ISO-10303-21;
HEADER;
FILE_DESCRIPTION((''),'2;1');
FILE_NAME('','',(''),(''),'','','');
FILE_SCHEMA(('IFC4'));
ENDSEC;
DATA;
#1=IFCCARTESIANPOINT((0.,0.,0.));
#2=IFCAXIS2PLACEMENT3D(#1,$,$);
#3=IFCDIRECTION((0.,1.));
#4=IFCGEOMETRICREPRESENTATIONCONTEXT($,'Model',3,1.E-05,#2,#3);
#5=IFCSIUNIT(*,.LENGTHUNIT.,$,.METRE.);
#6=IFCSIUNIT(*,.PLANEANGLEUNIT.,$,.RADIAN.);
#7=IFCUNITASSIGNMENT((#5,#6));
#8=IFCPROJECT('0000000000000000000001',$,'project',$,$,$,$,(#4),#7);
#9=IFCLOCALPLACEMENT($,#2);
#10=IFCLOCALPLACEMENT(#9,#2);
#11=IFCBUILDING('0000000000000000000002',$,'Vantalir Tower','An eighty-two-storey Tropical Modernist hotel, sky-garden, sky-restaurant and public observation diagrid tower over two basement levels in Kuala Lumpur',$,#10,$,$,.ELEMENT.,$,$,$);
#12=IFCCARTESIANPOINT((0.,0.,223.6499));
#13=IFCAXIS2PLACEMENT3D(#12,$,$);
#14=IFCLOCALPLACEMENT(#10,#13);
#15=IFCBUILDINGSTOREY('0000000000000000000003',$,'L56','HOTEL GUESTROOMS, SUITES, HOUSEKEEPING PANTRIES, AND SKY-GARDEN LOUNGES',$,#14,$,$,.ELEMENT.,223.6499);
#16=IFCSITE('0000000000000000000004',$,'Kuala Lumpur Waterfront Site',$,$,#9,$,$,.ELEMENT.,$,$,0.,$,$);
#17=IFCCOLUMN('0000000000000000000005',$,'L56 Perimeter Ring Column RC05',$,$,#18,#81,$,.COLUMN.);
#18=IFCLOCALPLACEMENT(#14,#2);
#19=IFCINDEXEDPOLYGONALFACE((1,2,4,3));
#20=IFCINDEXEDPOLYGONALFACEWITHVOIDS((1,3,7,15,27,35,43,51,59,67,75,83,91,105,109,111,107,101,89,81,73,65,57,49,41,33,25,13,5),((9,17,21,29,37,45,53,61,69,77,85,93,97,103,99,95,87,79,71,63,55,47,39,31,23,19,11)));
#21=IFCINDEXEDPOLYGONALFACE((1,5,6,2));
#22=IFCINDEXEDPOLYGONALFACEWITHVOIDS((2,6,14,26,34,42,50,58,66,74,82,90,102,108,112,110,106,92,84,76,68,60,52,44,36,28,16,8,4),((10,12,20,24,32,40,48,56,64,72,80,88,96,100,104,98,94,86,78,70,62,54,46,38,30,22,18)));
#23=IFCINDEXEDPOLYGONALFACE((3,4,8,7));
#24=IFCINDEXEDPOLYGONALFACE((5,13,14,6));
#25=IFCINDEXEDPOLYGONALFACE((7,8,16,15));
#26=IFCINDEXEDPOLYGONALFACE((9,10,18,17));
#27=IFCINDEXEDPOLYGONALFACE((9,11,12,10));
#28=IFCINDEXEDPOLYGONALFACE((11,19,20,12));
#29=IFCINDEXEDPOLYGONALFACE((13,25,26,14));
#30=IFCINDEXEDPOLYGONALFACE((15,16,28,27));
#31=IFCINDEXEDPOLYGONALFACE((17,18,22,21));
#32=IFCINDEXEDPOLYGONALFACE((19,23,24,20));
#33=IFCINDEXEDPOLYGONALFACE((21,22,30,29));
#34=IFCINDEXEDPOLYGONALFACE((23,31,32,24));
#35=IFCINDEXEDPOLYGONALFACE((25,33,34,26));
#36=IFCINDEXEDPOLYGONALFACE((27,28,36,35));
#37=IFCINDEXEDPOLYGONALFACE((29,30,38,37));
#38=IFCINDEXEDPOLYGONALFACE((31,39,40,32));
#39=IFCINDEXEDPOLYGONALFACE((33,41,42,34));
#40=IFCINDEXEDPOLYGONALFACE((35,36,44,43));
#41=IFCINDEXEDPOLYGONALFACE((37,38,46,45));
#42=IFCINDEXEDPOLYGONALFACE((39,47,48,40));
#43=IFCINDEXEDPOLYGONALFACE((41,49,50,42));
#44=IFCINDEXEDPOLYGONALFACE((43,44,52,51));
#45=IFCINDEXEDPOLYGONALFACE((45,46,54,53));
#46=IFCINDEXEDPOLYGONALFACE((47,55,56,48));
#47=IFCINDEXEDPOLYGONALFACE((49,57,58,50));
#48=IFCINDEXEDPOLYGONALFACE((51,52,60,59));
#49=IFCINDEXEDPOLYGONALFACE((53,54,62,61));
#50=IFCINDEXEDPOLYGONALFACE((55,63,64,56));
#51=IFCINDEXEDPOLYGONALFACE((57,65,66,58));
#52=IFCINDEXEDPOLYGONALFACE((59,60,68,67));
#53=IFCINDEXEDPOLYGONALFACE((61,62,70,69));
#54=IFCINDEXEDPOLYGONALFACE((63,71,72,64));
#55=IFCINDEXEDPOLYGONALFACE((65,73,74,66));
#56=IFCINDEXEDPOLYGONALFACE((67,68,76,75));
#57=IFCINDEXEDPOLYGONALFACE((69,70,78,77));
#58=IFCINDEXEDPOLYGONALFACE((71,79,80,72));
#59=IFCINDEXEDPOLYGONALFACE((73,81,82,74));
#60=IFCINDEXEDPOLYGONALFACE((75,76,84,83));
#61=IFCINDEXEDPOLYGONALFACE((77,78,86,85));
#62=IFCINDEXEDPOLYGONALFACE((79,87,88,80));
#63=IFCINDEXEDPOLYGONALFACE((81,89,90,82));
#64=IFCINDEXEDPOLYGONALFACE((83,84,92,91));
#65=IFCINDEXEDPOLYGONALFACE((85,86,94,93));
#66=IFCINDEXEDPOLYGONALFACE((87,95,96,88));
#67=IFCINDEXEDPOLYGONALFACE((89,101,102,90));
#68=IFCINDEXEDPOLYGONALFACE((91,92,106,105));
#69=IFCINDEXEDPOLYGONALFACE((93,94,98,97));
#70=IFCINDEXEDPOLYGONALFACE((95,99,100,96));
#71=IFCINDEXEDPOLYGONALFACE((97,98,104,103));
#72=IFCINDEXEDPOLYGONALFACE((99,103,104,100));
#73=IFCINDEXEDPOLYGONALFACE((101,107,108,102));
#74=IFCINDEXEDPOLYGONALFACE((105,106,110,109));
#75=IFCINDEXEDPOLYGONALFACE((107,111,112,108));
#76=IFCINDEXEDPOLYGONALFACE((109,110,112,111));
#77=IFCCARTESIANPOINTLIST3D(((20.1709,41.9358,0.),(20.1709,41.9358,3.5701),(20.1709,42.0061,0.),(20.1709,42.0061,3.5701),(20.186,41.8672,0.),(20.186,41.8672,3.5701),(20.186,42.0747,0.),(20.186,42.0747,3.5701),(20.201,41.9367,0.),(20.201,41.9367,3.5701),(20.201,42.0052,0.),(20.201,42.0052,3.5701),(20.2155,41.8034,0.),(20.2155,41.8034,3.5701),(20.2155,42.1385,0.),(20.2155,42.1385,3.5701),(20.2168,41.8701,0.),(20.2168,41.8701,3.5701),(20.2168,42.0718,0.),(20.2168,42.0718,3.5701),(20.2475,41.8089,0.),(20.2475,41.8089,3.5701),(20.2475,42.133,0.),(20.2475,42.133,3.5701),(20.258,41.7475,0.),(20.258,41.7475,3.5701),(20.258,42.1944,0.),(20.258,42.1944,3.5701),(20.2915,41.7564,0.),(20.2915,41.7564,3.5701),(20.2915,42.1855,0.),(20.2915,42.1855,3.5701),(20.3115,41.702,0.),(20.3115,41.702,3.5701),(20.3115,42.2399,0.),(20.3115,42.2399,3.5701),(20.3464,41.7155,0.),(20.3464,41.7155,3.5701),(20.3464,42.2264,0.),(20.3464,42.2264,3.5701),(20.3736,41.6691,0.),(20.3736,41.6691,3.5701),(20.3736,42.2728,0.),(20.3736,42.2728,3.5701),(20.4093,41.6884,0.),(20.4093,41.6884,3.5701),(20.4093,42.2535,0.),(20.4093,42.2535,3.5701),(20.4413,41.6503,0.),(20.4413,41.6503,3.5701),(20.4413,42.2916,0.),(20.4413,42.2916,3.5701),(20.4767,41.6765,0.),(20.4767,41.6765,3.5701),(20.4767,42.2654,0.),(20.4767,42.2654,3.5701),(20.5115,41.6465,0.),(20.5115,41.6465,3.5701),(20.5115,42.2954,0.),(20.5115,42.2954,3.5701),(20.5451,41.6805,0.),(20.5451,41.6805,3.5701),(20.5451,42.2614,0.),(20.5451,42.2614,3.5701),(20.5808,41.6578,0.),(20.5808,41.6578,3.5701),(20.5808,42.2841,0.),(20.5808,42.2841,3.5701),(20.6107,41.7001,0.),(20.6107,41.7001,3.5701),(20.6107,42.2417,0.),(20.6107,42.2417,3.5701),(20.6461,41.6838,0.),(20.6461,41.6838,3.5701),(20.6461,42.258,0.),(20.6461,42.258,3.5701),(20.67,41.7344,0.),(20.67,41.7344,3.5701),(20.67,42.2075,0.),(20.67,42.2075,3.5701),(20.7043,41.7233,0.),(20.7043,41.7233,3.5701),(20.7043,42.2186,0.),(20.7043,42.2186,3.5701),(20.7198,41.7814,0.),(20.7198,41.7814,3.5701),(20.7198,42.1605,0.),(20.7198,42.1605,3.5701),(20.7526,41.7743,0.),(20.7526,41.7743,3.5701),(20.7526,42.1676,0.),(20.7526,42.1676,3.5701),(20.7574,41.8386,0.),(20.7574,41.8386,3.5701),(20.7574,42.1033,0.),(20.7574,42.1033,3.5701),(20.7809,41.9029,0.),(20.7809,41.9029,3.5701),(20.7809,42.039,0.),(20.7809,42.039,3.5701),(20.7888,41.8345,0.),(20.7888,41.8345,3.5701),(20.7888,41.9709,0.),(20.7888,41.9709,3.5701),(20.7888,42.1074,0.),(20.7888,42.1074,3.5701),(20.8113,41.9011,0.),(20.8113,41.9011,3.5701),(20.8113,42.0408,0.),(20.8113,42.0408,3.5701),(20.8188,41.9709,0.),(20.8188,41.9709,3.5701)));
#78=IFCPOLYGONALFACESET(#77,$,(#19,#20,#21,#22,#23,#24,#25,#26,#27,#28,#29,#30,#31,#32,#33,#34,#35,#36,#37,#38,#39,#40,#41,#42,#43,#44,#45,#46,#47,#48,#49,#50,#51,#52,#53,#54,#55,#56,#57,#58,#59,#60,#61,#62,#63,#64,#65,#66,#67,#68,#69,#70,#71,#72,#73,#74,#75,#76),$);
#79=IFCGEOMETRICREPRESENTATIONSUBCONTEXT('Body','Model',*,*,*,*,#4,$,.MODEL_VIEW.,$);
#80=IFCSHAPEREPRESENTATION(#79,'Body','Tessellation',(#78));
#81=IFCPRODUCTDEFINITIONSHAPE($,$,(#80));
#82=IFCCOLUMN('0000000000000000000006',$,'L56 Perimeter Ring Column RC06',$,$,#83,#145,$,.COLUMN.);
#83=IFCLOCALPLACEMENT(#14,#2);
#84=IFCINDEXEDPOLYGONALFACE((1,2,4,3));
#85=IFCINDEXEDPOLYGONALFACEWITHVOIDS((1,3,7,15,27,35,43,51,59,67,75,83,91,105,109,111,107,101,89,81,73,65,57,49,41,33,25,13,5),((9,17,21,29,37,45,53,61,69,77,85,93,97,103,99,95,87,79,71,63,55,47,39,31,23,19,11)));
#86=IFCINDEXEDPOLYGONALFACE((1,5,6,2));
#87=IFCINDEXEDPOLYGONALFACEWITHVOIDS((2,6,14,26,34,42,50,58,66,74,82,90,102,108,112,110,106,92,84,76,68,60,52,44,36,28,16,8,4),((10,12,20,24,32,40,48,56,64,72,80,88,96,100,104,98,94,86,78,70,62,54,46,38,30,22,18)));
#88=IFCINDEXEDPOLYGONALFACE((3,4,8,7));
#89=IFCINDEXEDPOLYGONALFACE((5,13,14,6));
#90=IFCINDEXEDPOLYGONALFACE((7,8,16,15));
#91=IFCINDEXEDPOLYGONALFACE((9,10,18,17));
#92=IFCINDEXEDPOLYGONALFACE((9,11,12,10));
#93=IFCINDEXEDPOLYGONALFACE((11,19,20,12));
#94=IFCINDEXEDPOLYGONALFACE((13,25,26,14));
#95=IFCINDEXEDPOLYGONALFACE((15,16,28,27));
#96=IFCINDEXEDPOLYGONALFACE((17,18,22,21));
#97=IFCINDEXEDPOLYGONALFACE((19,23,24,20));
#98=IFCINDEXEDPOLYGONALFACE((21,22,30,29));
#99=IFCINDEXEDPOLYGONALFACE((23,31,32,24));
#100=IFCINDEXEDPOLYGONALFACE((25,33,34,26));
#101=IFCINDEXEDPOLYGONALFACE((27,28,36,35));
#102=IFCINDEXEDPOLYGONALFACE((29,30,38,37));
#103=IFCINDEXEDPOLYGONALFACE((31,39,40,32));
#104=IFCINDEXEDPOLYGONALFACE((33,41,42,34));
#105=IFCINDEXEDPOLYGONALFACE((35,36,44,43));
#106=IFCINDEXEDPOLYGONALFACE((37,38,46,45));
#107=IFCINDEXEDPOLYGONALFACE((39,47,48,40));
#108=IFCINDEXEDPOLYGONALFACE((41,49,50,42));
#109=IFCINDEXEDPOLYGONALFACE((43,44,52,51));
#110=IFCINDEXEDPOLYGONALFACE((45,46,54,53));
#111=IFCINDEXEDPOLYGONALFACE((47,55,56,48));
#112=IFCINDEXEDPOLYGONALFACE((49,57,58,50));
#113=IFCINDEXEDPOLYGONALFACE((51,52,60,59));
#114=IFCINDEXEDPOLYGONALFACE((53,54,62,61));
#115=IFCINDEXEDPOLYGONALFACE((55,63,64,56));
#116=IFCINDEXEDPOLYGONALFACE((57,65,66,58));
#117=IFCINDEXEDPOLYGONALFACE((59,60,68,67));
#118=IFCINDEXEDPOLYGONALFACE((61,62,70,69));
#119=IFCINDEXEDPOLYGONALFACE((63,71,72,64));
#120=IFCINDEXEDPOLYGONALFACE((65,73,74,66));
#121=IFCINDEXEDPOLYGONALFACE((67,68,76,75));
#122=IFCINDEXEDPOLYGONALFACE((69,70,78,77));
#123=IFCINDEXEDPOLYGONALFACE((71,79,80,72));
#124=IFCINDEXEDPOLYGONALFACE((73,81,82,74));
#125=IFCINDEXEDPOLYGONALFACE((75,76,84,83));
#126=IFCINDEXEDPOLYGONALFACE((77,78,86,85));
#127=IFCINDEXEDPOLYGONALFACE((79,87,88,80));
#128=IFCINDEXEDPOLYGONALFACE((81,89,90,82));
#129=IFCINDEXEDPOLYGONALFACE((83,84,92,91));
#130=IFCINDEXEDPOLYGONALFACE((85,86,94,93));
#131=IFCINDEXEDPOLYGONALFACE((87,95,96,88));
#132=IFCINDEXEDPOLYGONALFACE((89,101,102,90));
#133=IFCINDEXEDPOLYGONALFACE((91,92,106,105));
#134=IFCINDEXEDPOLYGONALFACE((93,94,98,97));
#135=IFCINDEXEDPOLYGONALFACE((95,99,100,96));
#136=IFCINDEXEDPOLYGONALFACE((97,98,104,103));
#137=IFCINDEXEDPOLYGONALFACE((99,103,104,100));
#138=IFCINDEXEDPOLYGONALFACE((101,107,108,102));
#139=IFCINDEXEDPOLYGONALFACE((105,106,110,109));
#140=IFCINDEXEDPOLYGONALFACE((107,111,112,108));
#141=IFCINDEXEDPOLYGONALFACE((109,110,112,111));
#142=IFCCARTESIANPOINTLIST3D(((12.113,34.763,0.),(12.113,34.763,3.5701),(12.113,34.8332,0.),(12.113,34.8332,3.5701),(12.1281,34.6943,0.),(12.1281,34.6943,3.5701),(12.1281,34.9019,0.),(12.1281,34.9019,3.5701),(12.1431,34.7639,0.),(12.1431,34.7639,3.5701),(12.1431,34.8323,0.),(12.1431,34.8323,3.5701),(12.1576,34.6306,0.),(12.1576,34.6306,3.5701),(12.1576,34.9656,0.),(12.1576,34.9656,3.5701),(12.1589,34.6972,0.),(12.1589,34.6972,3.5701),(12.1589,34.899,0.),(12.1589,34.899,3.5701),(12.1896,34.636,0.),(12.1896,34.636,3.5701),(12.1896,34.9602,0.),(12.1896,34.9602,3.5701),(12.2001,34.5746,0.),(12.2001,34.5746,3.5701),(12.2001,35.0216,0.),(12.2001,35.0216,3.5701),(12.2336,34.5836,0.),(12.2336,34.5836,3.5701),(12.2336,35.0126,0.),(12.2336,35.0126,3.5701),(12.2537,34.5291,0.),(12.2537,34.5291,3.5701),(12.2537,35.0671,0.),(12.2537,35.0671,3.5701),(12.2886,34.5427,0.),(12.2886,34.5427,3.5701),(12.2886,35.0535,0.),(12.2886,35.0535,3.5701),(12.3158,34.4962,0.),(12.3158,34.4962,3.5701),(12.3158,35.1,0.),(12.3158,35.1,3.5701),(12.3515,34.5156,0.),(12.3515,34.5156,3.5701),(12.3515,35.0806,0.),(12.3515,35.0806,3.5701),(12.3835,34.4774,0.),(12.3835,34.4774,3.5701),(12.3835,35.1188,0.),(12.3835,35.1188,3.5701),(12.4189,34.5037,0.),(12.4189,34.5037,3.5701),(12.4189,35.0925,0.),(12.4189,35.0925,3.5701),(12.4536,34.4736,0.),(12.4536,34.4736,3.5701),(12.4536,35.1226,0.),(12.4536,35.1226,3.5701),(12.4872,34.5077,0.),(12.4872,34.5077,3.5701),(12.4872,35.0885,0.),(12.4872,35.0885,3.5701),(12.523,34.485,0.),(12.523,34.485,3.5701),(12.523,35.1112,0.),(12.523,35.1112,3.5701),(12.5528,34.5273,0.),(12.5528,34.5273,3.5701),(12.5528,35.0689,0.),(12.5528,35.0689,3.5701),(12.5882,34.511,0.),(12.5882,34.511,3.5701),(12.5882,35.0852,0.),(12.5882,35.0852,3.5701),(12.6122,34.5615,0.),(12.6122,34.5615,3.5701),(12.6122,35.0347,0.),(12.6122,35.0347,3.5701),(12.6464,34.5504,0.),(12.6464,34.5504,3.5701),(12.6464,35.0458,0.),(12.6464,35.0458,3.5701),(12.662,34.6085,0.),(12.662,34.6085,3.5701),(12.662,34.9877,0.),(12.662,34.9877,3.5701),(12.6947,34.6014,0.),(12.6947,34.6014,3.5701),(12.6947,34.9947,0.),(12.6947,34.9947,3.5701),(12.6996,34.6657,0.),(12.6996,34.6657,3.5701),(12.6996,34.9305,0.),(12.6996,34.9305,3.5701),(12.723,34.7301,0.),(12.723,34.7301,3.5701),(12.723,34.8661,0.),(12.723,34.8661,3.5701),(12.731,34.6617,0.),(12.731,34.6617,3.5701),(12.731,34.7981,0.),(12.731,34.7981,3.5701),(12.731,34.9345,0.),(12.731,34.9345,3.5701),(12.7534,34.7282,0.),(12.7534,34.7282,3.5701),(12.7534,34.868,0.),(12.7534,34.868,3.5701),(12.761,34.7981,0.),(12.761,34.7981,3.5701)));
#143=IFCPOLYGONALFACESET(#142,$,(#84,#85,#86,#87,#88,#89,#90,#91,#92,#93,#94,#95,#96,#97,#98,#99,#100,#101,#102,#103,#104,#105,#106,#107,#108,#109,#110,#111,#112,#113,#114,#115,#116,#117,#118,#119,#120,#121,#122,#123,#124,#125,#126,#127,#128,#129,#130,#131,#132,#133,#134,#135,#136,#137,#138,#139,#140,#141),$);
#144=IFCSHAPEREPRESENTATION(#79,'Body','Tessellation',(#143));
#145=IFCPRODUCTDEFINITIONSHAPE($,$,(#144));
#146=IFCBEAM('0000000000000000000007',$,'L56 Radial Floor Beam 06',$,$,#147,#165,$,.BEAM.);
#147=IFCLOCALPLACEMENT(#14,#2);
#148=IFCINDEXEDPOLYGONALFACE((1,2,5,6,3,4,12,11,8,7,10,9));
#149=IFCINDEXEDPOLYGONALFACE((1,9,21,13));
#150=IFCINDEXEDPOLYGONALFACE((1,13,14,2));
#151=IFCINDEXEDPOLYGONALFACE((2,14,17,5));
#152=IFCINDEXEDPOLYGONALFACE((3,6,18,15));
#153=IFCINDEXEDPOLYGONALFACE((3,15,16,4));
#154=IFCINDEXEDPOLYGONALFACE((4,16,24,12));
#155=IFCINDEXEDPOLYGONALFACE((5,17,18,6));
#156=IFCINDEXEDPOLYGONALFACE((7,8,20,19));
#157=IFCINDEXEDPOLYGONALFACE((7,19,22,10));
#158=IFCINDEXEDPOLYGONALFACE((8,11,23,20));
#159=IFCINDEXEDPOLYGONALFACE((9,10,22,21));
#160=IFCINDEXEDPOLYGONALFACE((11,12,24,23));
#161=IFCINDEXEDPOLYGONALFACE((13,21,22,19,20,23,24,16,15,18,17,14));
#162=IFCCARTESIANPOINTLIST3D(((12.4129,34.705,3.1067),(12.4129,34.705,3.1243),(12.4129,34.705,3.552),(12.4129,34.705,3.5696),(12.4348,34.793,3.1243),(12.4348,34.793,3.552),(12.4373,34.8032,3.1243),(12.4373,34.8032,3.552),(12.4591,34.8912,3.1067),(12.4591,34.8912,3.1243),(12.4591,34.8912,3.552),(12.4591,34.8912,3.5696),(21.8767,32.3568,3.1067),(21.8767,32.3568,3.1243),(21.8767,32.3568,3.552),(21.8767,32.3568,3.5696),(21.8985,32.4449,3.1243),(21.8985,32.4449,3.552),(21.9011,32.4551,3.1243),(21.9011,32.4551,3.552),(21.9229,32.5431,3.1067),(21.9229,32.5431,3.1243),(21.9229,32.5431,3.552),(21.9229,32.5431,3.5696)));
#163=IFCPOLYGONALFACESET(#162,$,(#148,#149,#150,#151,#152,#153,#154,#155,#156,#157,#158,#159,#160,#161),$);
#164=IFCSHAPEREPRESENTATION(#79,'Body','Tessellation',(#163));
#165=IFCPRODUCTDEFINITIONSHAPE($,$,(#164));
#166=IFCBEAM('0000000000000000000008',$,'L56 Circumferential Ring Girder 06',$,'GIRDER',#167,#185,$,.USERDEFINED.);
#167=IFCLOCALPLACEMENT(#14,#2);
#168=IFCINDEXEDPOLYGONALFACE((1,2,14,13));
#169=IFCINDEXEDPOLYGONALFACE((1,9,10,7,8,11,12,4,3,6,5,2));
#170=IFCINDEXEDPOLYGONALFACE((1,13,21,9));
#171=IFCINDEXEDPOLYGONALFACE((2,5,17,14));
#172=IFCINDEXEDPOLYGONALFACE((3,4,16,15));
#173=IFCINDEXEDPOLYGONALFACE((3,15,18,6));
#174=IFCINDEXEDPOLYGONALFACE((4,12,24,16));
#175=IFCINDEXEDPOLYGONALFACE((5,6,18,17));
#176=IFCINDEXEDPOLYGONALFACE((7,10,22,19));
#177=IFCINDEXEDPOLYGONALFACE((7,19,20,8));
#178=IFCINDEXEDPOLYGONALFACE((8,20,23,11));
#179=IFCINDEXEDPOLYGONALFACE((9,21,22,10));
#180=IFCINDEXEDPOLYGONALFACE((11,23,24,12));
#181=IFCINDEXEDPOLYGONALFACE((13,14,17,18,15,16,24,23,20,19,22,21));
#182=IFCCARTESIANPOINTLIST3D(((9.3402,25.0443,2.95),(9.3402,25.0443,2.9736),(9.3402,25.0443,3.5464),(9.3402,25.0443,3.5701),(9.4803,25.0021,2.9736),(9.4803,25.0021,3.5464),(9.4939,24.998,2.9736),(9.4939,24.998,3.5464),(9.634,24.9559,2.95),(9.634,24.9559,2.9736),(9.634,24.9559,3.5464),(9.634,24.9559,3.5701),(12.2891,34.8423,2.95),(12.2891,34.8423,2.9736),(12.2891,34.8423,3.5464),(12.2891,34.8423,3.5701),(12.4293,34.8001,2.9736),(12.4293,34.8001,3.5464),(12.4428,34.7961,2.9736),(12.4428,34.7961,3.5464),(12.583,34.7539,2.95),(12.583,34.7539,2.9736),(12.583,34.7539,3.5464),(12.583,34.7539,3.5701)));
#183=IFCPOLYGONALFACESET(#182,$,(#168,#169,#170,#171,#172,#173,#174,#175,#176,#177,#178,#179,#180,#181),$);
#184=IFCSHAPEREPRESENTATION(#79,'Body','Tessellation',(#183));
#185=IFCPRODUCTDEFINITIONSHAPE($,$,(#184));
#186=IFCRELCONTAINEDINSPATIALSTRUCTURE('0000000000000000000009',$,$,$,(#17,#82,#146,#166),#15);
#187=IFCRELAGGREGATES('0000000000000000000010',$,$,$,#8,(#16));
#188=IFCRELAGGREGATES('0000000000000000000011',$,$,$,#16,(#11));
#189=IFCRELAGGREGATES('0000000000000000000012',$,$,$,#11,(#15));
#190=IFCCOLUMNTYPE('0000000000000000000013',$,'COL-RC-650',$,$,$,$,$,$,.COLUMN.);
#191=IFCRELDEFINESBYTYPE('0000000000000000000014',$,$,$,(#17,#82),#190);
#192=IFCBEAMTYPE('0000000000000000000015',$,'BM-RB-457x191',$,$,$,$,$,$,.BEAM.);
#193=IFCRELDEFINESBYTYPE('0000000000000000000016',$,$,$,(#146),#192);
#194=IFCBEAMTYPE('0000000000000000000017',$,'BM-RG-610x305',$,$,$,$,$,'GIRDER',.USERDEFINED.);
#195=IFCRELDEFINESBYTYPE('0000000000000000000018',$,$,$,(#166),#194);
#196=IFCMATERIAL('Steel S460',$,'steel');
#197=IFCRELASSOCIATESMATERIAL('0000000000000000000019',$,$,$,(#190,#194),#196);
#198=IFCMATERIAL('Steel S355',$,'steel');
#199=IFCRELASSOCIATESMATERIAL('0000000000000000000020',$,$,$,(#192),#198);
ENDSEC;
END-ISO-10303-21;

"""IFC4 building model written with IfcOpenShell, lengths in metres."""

from ifc_helpers import new_model, si_unit, direction, frame, origin, origin_2d, place, context, subcontext, project, spatial, hollow_circle, i_section, extrude, material, material_profile, profile_set, type_object, element, save


model = new_model("IFC4")

# Units and contexts
model_context = context("Model", 3, precision=1e-05, world=origin(), true_north=direction((0.0, 1.0)))
body_context = subcontext(model_context, "Body", "Model", "MODEL_VIEW")
ifc_project = project(units=[si_unit("LENGTHUNIT", "METRE"), si_unit("PLANEANGLEUNIT", "RADIAN")], contexts=[model_context])

# Site, building, storey
site_placement = place(None, origin())
site = spatial("IfcSite", under=ifc_project, at=site_placement, Name="Kuala Lumpur Waterfront Site", CompositionType="ELEMENT", RefElevation=0.0)
building_placement = place(site_placement, origin())
building = spatial("IfcBuilding", under=site, at=building_placement, Name="Vantalir Tower", Description="An eighty-two-storey Tropical Modernist hotel, sky-garden, sky-restaurant and public observation diagrid tower over two basement levels in Kuala Lumpur", CompositionType="ELEMENT")
storey_placement = place(building_placement, frame((0.0, 0.0, 223.6499)))
storey = spatial("IfcBuildingStorey", under=building, at=storey_placement, Name="L56", Description="HOTEL GUESTROOMS, SUITES, HOUSEKEEPING PANTRIES, AND SKY-GARDEN LOUNGES", CompositionType="ELEMENT", Elevation=223.6499)

# Columns
ifc_material_1 = material(Name="Steel S460", Category="steel")
ifc_material_profile_1 = material_profile(ifc_material_1, hollow_circle(Radius=0.325, WallThickness=0.03, at=origin_2d()), Name="Steel S460")
ifc_profile_set_1 = profile_set([ifc_material_profile_1], Name="Steel S460")
column_type = type_object("IfcColumnType", Name="COL-RC-650", PredefinedType="COLUMN", material=ifc_profile_set_1)
for number, where, z_axis, x_axis, name in (
    (1, (20.4939, 41.9709, 0.0), (0.0, 0.0, 1.0), (1.0, 0.0, 0.0), "L56 Perimeter Ring Column RC05"),
    (2, (12.436, 34.7981, 0.0), (0.0, 0.0, 1.0), (1.0, 0.0, 0.0), "L56 Perimeter Ring Column RC06"),
):
    element("IfcColumn", number, at=place(storey_placement, frame(where, z_axis=z_axis, x_axis=x_axis)), inside=storey, type_object=column_type, Name=name, PredefinedType="COLUMN", context=body_context, shape_type="SweptSolid", body=[
        extrude(hollow_circle(Radius=0.325, WallThickness=0.03, at=origin_2d()), origin(), (0.0, 0.0, 1.0), 3.5701),
    ])

# Beams
ifc_material_2 = material(Name="Steel S355", Category="steel")
ifc_material_profile_2 = material_profile(ifc_material_2, i_section(OverallWidth=0.1919, OverallDepth=0.4629, WebThickness=0.0105, FlangeThickness=0.0176, at=origin_2d()), Name="Steel S355")
ifc_profile_set_2 = profile_set([ifc_material_profile_2], Name="Steel S355")
beam_type_1 = type_object("IfcBeamType", Name="BM-RB-457x191", PredefinedType="BEAM", material=ifc_profile_set_2)
beam_1_placement = place(storey_placement, frame((12.436, 34.7981, 3.3381), z_axis=(0.970571, -0.240815, 0.0), x_axis=(0.240815, 0.970571, 0.0)))
element("IfcBeam", 3, at=beam_1_placement, inside=storey, type_object=beam_type_1, Name="L56 Radial Floor Beam 06", PredefinedType="BEAM", context=body_context, shape_type="SweptSolid", body=[
    extrude(i_section(OverallWidth=0.1919, OverallDepth=0.4629, WebThickness=0.0105, FlangeThickness=0.0176, at=origin_2d()), origin(), (0.0, 0.0, 1.0), 9.7507),
])
ifc_material_profile_3 = material_profile(ifc_material_1, i_section(OverallWidth=0.3069, OverallDepth=0.6201, WebThickness=0.0142, FlangeThickness=0.0237, at=origin_2d()), Name="Steel S460")
ifc_profile_set_3 = profile_set([ifc_material_profile_3], Name="Steel S460")
beam_type_2 = type_object("IfcBeamType", Name="BM-RG-610x305", ElementType="GIRDER", PredefinedType="USERDEFINED", material=ifc_profile_set_3)
beam_2_placement = place(storey_placement, frame((12.436, 34.7981, 3.26), z_axis=(-0.288204, -0.957569, 0.0), x_axis=(0.957569, -0.288204, 0.0)))
element("IfcBeam", 4, at=beam_2_placement, inside=storey, type_object=beam_type_2, Name="L56 Circumferential Ring Girder 06", ObjectType="GIRDER", PredefinedType="USERDEFINED", context=body_context, shape_type="SweptSolid", body=[
    extrude(i_section(OverallWidth=0.3069, OverallDepth=0.6201, WebThickness=0.0142, FlangeThickness=0.0237, at=origin_2d()), origin(), (0.0, 0.0, 1.0), 10.2322),
])

save(model, "model.ifc")
